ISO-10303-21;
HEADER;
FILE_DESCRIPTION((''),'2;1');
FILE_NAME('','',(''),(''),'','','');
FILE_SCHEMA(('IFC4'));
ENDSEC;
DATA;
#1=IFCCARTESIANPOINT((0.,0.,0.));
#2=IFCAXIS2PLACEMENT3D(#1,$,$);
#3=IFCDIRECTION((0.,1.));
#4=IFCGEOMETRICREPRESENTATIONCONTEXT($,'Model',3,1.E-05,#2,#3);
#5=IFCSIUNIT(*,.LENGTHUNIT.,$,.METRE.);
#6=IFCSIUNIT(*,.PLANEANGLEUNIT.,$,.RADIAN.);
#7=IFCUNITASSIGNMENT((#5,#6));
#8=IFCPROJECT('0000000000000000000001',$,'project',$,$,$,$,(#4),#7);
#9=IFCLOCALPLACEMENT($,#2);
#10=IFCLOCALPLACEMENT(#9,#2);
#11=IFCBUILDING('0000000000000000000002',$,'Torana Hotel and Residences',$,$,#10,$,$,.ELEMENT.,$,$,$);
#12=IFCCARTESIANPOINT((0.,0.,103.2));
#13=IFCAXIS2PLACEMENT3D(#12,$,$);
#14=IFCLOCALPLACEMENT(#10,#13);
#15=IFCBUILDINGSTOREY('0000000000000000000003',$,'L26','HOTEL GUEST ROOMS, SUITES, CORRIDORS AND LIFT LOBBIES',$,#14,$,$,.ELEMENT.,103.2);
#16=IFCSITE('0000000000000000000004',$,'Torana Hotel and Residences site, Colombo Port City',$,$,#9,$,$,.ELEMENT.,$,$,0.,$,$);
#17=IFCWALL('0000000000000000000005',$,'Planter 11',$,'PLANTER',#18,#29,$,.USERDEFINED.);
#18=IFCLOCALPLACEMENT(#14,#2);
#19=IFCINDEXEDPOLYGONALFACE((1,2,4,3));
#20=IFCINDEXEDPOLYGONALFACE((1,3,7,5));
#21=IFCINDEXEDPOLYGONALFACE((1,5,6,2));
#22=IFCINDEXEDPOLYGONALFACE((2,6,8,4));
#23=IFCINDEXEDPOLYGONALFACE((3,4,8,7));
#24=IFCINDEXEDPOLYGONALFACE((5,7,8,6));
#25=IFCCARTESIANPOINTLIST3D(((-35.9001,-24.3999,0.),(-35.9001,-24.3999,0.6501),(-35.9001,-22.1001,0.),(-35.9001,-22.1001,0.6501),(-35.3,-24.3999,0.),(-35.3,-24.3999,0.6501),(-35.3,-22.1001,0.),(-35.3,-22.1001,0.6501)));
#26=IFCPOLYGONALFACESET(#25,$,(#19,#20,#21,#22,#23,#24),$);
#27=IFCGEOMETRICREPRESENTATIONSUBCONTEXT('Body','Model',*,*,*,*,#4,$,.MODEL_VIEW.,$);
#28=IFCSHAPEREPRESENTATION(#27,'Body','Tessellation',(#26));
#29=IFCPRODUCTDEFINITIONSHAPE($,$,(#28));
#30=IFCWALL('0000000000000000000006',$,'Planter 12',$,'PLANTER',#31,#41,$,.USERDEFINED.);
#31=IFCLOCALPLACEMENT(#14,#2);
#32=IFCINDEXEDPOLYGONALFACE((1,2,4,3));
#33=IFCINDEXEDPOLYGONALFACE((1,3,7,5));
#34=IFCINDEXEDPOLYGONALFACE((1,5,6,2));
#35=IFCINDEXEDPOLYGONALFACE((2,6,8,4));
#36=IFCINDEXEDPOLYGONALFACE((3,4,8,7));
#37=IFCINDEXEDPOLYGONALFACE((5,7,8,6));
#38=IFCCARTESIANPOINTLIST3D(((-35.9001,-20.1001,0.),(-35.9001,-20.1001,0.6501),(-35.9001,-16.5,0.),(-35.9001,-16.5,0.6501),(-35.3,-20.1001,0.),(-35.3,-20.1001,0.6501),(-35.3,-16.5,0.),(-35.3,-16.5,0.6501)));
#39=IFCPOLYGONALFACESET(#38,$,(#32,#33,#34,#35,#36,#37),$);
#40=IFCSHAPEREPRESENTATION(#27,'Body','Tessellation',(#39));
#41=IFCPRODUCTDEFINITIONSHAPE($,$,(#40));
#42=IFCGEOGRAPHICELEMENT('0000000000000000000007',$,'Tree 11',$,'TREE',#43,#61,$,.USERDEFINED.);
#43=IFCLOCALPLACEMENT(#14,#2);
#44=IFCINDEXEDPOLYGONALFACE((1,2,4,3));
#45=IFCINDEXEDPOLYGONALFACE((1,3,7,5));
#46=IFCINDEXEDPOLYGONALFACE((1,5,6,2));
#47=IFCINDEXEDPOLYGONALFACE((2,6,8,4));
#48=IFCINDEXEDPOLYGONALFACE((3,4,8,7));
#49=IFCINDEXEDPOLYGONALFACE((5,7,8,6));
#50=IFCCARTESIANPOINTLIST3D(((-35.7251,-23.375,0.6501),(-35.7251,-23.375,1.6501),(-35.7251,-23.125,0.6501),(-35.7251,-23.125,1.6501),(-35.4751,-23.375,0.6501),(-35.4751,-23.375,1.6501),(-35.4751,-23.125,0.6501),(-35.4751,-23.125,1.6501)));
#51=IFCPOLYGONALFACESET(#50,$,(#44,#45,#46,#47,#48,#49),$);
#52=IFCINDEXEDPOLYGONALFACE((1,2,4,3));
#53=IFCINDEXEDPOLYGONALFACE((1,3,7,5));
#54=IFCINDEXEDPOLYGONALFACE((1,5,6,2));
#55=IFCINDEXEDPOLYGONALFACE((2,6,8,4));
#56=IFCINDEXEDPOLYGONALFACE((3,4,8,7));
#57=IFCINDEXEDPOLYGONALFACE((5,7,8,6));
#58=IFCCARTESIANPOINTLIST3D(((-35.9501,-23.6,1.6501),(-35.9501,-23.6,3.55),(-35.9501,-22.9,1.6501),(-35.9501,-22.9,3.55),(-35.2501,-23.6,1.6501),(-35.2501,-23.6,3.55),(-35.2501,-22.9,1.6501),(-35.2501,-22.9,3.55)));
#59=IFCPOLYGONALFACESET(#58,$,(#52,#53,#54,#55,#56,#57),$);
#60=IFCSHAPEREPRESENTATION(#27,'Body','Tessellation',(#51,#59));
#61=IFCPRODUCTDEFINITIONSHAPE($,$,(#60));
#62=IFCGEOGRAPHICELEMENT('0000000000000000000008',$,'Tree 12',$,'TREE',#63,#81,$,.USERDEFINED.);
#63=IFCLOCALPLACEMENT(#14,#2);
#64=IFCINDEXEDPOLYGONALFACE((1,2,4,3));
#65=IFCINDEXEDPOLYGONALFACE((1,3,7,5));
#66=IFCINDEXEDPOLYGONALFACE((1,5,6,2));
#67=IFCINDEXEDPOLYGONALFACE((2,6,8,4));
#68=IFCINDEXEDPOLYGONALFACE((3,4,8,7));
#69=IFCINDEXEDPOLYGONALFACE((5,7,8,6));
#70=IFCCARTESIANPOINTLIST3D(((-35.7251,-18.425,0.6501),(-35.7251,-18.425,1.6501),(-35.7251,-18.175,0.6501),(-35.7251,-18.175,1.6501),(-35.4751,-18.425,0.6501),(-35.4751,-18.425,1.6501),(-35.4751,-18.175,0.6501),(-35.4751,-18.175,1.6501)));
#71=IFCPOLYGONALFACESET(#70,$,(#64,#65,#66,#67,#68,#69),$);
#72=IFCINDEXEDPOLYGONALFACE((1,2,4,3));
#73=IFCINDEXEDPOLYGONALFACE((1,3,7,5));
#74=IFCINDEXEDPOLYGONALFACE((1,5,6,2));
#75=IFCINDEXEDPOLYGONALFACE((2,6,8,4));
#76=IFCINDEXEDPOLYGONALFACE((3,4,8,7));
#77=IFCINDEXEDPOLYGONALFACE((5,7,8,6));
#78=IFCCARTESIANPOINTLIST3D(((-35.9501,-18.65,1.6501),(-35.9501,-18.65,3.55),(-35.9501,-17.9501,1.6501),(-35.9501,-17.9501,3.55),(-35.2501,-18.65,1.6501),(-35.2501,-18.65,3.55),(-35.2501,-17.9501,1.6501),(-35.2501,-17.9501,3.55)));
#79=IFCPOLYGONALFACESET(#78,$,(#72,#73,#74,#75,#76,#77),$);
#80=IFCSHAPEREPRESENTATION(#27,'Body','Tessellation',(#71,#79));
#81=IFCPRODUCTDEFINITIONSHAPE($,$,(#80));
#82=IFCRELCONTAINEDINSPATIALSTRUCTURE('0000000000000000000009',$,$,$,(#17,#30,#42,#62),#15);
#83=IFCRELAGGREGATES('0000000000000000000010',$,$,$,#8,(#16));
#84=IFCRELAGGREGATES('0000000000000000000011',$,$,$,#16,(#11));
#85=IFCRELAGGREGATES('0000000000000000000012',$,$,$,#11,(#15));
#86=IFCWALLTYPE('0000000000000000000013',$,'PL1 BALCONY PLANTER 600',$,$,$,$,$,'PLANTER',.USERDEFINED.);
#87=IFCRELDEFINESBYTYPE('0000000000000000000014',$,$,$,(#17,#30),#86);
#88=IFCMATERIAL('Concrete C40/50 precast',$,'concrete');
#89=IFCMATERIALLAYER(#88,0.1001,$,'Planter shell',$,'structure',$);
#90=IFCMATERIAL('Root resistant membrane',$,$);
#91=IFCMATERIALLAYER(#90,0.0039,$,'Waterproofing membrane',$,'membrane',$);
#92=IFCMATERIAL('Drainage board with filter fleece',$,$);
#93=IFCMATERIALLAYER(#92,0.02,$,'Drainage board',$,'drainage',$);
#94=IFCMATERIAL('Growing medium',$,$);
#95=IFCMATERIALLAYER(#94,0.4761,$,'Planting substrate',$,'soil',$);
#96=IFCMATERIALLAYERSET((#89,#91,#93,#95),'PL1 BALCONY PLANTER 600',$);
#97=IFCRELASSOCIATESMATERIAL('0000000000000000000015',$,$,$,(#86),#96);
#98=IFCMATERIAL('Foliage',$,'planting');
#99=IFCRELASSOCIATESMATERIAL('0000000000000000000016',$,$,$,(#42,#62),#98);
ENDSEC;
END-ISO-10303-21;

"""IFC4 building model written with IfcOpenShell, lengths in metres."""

from ifc_helpers import new_model, si_unit, direction, frame, frame_2d, origin, origin_2d, place, context, subcontext, project, spatial, rectangle, extrude, material, layer, layer_set, type_object, element, save


model = new_model("IFC4")

# Units and contexts
model_context = context("Model", 3, precision=1e-05, world=origin(), true_north=direction((0.0, 1.0)))
body_context = subcontext(model_context, "Body", "Model", "MODEL_VIEW")
ifc_project = project(units=[si_unit("LENGTHUNIT", "METRE"), si_unit("PLANEANGLEUNIT", "RADIAN")], contexts=[model_context])

# Site, building, storey
site_placement = place(None, origin())
site = spatial("IfcSite", under=ifc_project, at=site_placement, Name="Torana Hotel and Residences site, Colombo Port City", CompositionType="ELEMENT", RefElevation=0.0)
building_placement = place(site_placement, origin())
building = spatial("IfcBuilding", under=site, at=building_placement, Name="Torana Hotel and Residences", CompositionType="ELEMENT")
storey_placement = place(building_placement, frame((0.0, 0.0, 103.2)))
storey = spatial("IfcBuildingStorey", under=building, at=storey_placement, Name="L26", Description="HOTEL GUEST ROOMS, SUITES, CORRIDORS AND LIFT LOBBIES", CompositionType="ELEMENT", Elevation=103.2)

# Walls
ifc_material_1 = material(Name="Concrete C40/50 precast", Category="concrete")
ifc_layer_1 = layer(ifc_material_1, 0.1001, Name="Planter shell", Category="structure")
ifc_material_2 = material(Name="Root resistant membrane")
ifc_layer_2 = layer(ifc_material_2, 0.0039, Name="Waterproofing membrane", Category="membrane")
ifc_material_3 = material(Name="Drainage board with filter fleece")
ifc_layer_3 = layer(ifc_material_3, 0.02, Name="Drainage board", Category="drainage")
ifc_material_4 = material(Name="Growing medium")
ifc_layer_4 = layer(ifc_material_4, 0.4761, Name="Planting substrate", Category="soil")
ifc_layer_set_1 = layer_set([ifc_layer_1, ifc_layer_2, ifc_layer_3, ifc_layer_4], Name="PL1 BALCONY PLANTER 600")
wall_type_1 = type_object("IfcWallType", Name="PL1 BALCONY PLANTER 600", ElementType="PLANTER", PredefinedType="USERDEFINED", material=ifc_layer_set_1)
wall_1_placement = place(storey_placement, frame((-35.6001, -24.3999, 0.0), z_axis=(0.0, 0.0, 1.0), x_axis=(0.0, 1.0, 0.0)))
element("IfcWall", 1, at=wall_1_placement, inside=storey, type_object=wall_type_1, Name="Planter 11", ObjectType="PLANTER", PredefinedType="USERDEFINED", context=body_context, shape_type="SweptSolid", body=[
    extrude(rectangle(XDim=2.2998, YDim=0.6001, at=frame_2d((1.1499, 0.0))), origin(), (0.0, 0.0, 1.0), 0.6501),
])
wall_2_placement = place(storey_placement, frame((-35.6001, -20.1001, 0.0), z_axis=(0.0, 0.0, 1.0), x_axis=(0.0, 1.0, 0.0)))
element("IfcWall", 2, at=wall_2_placement, inside=storey, type_object=wall_type_1, Name="Planter 12", ObjectType="PLANTER", PredefinedType="USERDEFINED", context=body_context, shape_type="SweptSolid", body=[
    extrude(rectangle(XDim=3.6001, YDim=0.6001, at=frame_2d((1.8, 0.0))), origin(), (0.0, 0.0, 1.0), 0.6501),
])

# Geographic elements
ifc_material_5 = material(Name="Foliage", Category="planting")
for number, where, z_axis, x_axis, name in (
    (3, (-35.6001, -23.25, 0.6501), (0.0, 0.0, 1.0), (1.0, 0.0, 0.0), "Tree 11"),
    (4, (-35.6001, -18.3, 0.6501), (0.0, 0.0, 1.0), (1.0, 0.0, 0.0), "Tree 12"),
):
    element("IfcGeographicElement", number, at=place(storey_placement, frame(where, z_axis=z_axis, x_axis=x_axis)), inside=storey, material=ifc_material_5, Name=name, ObjectType="TREE", PredefinedType="USERDEFINED", context=body_context, shape_type="SweptSolid", body=[
        extrude(rectangle(XDim=0.25, YDim=0.25, at=origin_2d()), origin(), (0.0, 0.0, 1.0), 1.0),
        extrude(rectangle(XDim=0.7, YDim=0.7, at=origin_2d()), frame((0.0, 0.0, 1.0)), (0.0, 0.0, 1.0), 1.8999),
    ])

save(model, "model.ifc")
